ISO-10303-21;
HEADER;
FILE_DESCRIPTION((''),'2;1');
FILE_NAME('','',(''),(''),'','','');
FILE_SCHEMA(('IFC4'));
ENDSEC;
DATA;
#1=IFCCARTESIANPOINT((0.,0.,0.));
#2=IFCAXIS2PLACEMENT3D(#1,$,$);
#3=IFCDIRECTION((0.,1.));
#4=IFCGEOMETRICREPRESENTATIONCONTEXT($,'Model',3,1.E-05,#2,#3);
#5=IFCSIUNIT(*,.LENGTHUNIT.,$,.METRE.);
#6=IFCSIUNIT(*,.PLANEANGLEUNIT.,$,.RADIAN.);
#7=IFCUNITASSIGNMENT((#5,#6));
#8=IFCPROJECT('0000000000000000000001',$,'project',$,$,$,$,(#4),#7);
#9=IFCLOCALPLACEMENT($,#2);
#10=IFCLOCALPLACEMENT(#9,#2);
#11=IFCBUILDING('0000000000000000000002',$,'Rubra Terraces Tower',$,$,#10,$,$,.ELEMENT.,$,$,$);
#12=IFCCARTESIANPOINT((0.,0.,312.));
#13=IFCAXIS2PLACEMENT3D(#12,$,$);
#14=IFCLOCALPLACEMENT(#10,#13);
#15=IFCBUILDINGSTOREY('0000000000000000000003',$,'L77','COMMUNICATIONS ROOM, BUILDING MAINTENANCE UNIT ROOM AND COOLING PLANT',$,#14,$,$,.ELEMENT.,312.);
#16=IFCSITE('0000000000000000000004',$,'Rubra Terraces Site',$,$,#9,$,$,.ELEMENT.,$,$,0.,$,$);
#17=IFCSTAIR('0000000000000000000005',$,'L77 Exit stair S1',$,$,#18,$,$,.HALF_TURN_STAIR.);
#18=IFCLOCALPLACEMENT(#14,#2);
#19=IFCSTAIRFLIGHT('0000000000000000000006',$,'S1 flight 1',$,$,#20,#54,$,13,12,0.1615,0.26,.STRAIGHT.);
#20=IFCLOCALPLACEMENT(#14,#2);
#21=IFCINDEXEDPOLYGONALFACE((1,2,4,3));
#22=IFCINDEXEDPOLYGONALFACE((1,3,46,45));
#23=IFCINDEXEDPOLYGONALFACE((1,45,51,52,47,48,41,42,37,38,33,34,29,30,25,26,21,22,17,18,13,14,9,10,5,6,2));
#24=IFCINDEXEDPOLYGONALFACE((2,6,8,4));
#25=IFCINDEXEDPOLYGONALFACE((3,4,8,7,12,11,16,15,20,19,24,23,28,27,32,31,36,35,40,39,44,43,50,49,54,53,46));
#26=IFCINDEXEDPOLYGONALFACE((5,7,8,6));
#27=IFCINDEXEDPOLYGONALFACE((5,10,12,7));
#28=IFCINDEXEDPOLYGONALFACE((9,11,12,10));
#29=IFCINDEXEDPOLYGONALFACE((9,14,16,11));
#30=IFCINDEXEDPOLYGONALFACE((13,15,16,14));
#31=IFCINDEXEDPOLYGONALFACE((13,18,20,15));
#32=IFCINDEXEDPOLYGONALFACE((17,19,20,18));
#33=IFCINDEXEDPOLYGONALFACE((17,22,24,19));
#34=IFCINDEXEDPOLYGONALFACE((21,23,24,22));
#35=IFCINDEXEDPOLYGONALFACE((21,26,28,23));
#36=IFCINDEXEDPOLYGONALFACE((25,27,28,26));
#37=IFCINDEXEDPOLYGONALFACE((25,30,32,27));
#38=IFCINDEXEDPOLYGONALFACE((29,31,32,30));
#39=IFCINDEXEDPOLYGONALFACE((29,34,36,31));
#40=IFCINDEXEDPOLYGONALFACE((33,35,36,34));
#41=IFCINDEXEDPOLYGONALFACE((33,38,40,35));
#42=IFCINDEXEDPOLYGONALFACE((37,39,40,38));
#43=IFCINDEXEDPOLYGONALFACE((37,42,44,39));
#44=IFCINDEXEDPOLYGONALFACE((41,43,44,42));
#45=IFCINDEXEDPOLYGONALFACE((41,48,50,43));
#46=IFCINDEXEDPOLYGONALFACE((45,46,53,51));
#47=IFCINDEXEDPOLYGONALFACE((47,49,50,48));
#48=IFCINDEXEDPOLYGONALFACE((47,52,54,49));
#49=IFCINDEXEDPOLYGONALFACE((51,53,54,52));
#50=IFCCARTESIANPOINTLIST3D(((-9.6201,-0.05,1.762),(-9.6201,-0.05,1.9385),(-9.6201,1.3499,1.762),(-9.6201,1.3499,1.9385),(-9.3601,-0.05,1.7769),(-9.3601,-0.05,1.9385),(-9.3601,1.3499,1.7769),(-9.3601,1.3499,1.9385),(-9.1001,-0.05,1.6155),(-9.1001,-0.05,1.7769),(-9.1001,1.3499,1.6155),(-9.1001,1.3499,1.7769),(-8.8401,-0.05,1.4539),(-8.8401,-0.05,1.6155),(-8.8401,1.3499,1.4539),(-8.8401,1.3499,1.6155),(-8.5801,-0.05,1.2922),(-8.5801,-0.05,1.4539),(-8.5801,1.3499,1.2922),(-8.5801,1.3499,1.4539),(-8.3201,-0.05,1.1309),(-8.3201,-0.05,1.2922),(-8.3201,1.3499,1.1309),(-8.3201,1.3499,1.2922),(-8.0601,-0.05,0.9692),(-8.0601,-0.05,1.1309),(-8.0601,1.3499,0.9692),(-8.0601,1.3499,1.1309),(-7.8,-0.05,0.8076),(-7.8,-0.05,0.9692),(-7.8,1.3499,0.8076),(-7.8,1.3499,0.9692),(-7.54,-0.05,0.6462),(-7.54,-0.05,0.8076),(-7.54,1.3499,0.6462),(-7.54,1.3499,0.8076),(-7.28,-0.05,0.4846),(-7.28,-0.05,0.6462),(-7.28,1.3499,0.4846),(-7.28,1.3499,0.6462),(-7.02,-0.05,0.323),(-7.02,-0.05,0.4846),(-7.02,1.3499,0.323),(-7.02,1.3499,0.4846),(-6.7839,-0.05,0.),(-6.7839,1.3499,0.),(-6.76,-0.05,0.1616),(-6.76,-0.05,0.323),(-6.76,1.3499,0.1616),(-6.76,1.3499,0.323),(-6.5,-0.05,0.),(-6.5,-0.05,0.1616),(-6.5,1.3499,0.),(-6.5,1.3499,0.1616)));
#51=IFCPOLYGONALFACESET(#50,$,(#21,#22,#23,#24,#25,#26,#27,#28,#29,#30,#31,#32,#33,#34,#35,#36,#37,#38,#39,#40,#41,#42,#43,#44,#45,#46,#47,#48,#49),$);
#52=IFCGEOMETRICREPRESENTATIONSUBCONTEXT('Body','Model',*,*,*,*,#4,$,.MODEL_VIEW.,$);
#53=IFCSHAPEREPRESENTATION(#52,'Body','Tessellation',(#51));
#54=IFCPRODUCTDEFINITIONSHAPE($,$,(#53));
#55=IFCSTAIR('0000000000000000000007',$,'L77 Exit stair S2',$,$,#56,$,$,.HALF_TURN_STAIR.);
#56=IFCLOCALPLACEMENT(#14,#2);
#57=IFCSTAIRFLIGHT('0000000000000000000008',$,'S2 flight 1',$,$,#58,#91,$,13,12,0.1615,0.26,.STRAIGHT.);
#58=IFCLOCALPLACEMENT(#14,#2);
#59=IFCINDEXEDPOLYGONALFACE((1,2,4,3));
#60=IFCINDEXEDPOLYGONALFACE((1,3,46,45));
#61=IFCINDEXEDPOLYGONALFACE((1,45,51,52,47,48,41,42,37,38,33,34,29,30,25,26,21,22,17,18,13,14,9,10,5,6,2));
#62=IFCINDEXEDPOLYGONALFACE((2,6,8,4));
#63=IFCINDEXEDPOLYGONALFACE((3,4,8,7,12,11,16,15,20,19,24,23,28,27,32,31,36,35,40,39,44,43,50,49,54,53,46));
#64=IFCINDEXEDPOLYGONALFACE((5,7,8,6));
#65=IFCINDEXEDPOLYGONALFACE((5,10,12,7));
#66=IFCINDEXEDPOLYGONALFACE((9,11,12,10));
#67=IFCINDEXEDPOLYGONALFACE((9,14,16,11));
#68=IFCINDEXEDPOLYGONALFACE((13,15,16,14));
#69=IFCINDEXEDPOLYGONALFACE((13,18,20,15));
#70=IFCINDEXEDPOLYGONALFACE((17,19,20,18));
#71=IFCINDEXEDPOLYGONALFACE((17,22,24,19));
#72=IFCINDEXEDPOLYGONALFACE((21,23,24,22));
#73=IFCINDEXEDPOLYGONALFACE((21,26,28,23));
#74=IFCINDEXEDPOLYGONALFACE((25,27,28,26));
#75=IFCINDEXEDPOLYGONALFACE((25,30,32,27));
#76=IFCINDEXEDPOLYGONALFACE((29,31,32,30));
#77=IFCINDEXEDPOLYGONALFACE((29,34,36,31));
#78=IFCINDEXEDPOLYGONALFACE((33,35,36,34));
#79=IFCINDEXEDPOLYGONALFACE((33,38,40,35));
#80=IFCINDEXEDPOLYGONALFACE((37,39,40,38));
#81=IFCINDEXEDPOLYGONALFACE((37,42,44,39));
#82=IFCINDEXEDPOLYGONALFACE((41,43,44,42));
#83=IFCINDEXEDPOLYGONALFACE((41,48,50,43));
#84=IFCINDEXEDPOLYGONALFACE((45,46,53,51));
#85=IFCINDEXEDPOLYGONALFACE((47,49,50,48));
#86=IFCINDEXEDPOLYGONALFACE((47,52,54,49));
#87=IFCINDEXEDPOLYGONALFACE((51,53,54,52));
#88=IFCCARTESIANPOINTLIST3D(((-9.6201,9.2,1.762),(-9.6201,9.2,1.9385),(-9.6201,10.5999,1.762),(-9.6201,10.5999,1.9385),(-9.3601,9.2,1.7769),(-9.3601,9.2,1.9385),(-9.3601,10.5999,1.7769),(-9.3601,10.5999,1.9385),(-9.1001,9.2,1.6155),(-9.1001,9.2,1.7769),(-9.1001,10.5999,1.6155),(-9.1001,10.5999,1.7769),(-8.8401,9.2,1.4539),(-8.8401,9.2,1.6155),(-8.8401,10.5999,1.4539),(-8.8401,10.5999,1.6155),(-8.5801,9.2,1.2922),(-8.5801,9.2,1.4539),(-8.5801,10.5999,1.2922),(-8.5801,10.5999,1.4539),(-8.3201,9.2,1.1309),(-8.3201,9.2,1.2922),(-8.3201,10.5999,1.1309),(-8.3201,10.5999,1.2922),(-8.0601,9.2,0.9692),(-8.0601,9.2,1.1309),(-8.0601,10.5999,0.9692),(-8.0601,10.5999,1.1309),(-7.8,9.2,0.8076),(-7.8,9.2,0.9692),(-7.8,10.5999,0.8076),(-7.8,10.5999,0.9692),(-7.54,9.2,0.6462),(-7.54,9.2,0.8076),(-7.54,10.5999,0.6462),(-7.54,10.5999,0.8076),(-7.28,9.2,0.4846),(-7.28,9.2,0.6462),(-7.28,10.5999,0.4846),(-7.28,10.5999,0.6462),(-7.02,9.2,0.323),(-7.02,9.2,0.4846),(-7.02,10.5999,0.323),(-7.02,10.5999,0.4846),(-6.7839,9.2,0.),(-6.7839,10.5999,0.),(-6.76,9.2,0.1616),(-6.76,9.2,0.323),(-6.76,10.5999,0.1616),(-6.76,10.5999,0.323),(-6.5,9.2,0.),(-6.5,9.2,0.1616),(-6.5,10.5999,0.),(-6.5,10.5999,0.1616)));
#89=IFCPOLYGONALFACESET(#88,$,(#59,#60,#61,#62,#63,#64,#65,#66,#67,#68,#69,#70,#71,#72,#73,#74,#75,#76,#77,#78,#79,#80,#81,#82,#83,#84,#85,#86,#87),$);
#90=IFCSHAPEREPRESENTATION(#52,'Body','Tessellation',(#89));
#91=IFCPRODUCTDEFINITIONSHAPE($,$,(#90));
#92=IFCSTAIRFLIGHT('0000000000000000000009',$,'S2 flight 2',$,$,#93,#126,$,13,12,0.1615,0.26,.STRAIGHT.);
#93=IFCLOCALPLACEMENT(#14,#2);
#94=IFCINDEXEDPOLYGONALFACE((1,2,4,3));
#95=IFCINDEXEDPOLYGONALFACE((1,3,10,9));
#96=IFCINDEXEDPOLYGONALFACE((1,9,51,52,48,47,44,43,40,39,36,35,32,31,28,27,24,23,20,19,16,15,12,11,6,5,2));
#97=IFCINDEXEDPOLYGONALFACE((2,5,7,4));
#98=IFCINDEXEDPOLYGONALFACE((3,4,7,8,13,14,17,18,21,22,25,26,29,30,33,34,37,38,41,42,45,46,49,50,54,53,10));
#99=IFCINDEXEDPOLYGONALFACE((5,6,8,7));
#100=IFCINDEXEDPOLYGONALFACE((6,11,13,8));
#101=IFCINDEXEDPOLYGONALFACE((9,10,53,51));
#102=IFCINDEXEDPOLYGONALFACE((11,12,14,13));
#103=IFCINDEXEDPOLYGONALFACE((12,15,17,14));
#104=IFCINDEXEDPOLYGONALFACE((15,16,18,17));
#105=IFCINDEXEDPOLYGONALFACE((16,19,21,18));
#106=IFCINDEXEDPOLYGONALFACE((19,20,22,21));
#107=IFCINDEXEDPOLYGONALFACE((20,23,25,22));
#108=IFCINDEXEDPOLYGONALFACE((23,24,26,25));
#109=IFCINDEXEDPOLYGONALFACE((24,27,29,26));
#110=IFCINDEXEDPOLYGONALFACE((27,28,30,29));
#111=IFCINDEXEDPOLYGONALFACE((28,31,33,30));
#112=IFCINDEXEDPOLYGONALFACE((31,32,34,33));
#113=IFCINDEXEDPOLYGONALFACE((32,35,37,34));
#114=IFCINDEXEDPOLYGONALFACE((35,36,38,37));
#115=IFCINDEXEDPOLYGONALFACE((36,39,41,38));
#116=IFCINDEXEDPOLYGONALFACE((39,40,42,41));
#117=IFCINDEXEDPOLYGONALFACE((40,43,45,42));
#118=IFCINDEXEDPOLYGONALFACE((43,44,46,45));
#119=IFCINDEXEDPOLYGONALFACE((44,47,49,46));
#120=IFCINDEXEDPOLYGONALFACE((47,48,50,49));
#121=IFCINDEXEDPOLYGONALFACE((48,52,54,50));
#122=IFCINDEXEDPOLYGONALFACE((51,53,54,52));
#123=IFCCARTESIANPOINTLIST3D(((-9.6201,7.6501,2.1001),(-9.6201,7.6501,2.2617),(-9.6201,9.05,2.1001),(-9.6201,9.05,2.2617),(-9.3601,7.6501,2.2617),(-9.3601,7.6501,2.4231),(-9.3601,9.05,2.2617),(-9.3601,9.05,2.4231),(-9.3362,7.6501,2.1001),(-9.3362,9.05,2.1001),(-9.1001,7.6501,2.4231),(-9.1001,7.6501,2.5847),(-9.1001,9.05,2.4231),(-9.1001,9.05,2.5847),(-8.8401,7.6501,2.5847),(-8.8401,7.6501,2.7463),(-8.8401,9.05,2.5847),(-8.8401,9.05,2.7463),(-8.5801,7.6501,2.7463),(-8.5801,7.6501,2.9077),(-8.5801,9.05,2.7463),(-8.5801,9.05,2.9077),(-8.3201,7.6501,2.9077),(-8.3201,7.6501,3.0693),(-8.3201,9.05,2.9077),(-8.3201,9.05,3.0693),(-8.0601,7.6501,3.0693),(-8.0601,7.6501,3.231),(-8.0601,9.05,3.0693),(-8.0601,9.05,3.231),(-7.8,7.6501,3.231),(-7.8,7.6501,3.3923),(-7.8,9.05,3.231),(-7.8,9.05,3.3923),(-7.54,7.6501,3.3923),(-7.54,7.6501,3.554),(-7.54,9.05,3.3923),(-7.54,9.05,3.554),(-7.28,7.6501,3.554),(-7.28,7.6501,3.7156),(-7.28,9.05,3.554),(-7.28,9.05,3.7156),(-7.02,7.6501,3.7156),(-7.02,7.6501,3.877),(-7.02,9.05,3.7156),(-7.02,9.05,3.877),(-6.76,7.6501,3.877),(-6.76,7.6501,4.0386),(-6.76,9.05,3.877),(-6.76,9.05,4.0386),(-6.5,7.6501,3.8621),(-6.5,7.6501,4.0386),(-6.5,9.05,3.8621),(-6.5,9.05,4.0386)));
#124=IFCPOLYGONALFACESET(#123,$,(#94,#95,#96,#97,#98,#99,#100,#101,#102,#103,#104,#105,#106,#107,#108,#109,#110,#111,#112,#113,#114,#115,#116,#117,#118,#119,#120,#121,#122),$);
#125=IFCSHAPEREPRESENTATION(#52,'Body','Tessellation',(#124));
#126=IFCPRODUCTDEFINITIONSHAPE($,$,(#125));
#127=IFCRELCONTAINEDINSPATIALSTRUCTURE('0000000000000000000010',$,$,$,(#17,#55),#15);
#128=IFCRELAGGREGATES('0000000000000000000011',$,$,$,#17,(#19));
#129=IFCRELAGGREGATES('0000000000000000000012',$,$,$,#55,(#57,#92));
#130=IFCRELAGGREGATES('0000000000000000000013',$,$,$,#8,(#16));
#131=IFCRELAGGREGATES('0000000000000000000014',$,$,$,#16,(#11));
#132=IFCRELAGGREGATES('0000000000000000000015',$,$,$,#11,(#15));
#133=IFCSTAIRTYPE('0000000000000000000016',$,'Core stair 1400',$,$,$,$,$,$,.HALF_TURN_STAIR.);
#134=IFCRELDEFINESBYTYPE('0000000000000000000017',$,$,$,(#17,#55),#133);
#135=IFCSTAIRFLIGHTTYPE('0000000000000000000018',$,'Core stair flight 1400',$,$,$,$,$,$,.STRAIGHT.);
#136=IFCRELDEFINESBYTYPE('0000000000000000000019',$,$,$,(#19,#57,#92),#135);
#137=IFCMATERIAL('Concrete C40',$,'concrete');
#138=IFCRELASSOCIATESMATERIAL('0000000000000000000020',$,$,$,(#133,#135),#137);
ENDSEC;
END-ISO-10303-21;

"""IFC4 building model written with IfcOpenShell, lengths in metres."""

from ifc_helpers import new_model, si_unit, direction, frame, origin, place, context, subcontext, project, spatial, polyline, outline, extrude, material, type_object, element, aggregate, save


model = new_model("IFC4")

# Units and contexts
model_context = context("Model", 3, precision=1e-05, world=origin(), true_north=direction((0.0, 1.0)))
body_context = subcontext(model_context, "Body", "Model", "MODEL_VIEW")
ifc_project = project(units=[si_unit("LENGTHUNIT", "METRE"), si_unit("PLANEANGLEUNIT", "RADIAN")], contexts=[model_context])

# Site, building, storey
site_placement = place(None, origin())
site = spatial("IfcSite", under=ifc_project, at=site_placement, Name="Rubra Terraces Site", CompositionType="ELEMENT", RefElevation=0.0)
building_placement = place(site_placement, origin())
building = spatial("IfcBuilding", under=site, at=building_placement, Name="Rubra Terraces Tower", CompositionType="ELEMENT")
storey_placement = place(building_placement, frame((0.0, 0.0, 312.0)))
storey = spatial("IfcBuildingStorey", under=building, at=storey_placement, Name="L77", Description="COMMUNICATIONS ROOM, BUILDING MAINTENANCE UNIT ROOM AND COOLING PLANT", CompositionType="ELEMENT", Elevation=312.0)

# Shared definitions
ifc_material_1 = material(Name="Concrete C40", Category="concrete")

# Stair, stair flight
stair_type = type_object("IfcStairType", Name="Core stair 1400", PredefinedType="HALF_TURN_STAIR", material=ifc_material_1)
stair_1_placement = place(storey_placement, origin())
stair_1 = element("IfcStair", 1, at=stair_1_placement, inside=storey, type_object=stair_type, Name="L77 Exit stair S1", PredefinedType="HALF_TURN_STAIR")
stair_flight_type = type_object("IfcStairFlightType", Name="Core stair flight 1400", PredefinedType="STRAIGHT", material=ifc_material_1)
stair_flight_1_placement = place(storey_placement, frame((-6.5, 0.6499, 0.0), z_axis=(0.0, 0.0, 1.0), x_axis=(-1.0, 0.0, 0.0)))
stair_flight_1 = element("IfcStairFlight", 2, at=stair_flight_1_placement, type_object=stair_flight_type, Name="S1 flight 1", NumberOfRisers=13, NumberOfTreads=12, PredefinedType="STRAIGHT", RiserHeight=0.1615, TreadLength=0.26, context=body_context, shape_type="SweptSolid", body=[
    extrude(outline(polyline([(0.0, 0.0), (0.0, 0.1616), (0.26, 0.1616), (0.26, 0.323), (0.52, 0.323), (0.52, 0.4846), (0.78, 0.4846), (0.78, 0.6462), (1.04, 0.6462), (1.04, 0.8076), (1.3, 0.8076), (1.3, 0.9692), (1.5601, 0.9692), (1.5601, 1.1309), (1.8201, 1.1309), (1.8201, 1.2922), (2.0801, 1.2922), (2.0801, 1.4539), (2.3401, 1.4539), (2.3401, 1.6155), (2.6001, 1.6155), (2.6001, 1.7769), (2.8601, 1.7769), (2.8601, 1.9385), (3.1201, 1.9385), (3.1201, 2.1001), (3.1201, 1.762), (0.2839, 0.0), (0.0, 0.0)])), frame((0.0, 0.7, 0.0), z_axis=(0.0, -1.0, 0.0), x_axis=(1.0, 0.0, 0.0)), (0.0, 0.0, 1.0), 1.3999),
])
aggregate(stair_1, [stair_flight_1])

# Stair, stair flights
stair_2_placement = place(storey_placement, origin())
stair_2 = element("IfcStair", 3, at=stair_2_placement, inside=storey, type_object=stair_type, Name="L77 Exit stair S2", PredefinedType="HALF_TURN_STAIR")
stair_flight_2_placement = place(storey_placement, frame((-6.5, 9.8999, 0.0), z_axis=(0.0, 0.0, 1.0), x_axis=(-1.0, 0.0, 0.0)))
stair_flight_2 = element("IfcStairFlight", 4, at=stair_flight_2_placement, type_object=stair_flight_type, Name="S2 flight 1", NumberOfRisers=13, NumberOfTreads=12, PredefinedType="STRAIGHT", RiserHeight=0.1615, TreadLength=0.26, context=body_context, shape_type="SweptSolid", body=[
    extrude(outline(polyline([(0.0, 0.0), (0.0, 0.1616), (0.26, 0.1616), (0.26, 0.323), (0.52, 0.323), (0.52, 0.4846), (0.78, 0.4846), (0.78, 0.6462), (1.04, 0.6462), (1.04, 0.8076), (1.3, 0.8076), (1.3, 0.9692), (1.5601, 0.9692), (1.5601, 1.1309), (1.8201, 1.1309), (1.8201, 1.2922), (2.0801, 1.2922), (2.0801, 1.4539), (2.3401, 1.4539), (2.3401, 1.6155), (2.6001, 1.6155), (2.6001, 1.7769), (2.8601, 1.7769), (2.8601, 1.9385), (3.1201, 1.9385), (3.1201, 2.1001), (3.1201, 1.762), (0.2839, 0.0), (0.0, 0.0)])), frame((0.0, 0.7, 0.0), z_axis=(0.0, -1.0, 0.0), x_axis=(1.0, 0.0, 0.0)), (0.0, 0.0, 1.0), 1.3999),
])
stair_flight_3_placement = place(storey_placement, frame((-9.6201, 8.3501, 2.1001), z_axis=(0.0, 0.0, 1.0), x_axis=(1.0, 0.0, 0.0)))
stair_flight_3 = element("IfcStairFlight", 5, at=stair_flight_3_placement, type_object=stair_flight_type, Name="S2 flight 2", NumberOfRisers=13, NumberOfTreads=12, PredefinedType="STRAIGHT", RiserHeight=0.1615, TreadLength=0.26, context=body_context, shape_type="SweptSolid", body=[
    extrude(outline(polyline([(0.0, 0.0), (0.0, 0.1616), (0.26, 0.1616), (0.26, 0.323), (0.52, 0.323), (0.52, 0.4846), (0.78, 0.4846), (0.78, 0.6462), (1.04, 0.6462), (1.04, 0.8076), (1.3, 0.8076), (1.3, 0.9692), (1.5601, 0.9692), (1.5601, 1.1309), (1.8201, 1.1309), (1.8201, 1.2922), (2.0801, 1.2922), (2.0801, 1.4539), (2.3401, 1.4539), (2.3401, 1.6155), (2.6001, 1.6155), (2.6001, 1.7769), (2.8601, 1.7769), (2.8601, 1.9385), (3.1201, 1.9385), (3.1201, 2.1001), (3.1201, 1.762), (0.2839, 0.0), (0.0, 0.0)])), frame((0.0, 0.7, 0.0), z_axis=(0.0, -1.0, 0.0), x_axis=(1.0, 0.0, 0.0)), (0.0, 0.0, 1.0), 1.3999),
])
aggregate(stair_2, [stair_flight_2, stair_flight_3])

save(model, "model.ifc")
